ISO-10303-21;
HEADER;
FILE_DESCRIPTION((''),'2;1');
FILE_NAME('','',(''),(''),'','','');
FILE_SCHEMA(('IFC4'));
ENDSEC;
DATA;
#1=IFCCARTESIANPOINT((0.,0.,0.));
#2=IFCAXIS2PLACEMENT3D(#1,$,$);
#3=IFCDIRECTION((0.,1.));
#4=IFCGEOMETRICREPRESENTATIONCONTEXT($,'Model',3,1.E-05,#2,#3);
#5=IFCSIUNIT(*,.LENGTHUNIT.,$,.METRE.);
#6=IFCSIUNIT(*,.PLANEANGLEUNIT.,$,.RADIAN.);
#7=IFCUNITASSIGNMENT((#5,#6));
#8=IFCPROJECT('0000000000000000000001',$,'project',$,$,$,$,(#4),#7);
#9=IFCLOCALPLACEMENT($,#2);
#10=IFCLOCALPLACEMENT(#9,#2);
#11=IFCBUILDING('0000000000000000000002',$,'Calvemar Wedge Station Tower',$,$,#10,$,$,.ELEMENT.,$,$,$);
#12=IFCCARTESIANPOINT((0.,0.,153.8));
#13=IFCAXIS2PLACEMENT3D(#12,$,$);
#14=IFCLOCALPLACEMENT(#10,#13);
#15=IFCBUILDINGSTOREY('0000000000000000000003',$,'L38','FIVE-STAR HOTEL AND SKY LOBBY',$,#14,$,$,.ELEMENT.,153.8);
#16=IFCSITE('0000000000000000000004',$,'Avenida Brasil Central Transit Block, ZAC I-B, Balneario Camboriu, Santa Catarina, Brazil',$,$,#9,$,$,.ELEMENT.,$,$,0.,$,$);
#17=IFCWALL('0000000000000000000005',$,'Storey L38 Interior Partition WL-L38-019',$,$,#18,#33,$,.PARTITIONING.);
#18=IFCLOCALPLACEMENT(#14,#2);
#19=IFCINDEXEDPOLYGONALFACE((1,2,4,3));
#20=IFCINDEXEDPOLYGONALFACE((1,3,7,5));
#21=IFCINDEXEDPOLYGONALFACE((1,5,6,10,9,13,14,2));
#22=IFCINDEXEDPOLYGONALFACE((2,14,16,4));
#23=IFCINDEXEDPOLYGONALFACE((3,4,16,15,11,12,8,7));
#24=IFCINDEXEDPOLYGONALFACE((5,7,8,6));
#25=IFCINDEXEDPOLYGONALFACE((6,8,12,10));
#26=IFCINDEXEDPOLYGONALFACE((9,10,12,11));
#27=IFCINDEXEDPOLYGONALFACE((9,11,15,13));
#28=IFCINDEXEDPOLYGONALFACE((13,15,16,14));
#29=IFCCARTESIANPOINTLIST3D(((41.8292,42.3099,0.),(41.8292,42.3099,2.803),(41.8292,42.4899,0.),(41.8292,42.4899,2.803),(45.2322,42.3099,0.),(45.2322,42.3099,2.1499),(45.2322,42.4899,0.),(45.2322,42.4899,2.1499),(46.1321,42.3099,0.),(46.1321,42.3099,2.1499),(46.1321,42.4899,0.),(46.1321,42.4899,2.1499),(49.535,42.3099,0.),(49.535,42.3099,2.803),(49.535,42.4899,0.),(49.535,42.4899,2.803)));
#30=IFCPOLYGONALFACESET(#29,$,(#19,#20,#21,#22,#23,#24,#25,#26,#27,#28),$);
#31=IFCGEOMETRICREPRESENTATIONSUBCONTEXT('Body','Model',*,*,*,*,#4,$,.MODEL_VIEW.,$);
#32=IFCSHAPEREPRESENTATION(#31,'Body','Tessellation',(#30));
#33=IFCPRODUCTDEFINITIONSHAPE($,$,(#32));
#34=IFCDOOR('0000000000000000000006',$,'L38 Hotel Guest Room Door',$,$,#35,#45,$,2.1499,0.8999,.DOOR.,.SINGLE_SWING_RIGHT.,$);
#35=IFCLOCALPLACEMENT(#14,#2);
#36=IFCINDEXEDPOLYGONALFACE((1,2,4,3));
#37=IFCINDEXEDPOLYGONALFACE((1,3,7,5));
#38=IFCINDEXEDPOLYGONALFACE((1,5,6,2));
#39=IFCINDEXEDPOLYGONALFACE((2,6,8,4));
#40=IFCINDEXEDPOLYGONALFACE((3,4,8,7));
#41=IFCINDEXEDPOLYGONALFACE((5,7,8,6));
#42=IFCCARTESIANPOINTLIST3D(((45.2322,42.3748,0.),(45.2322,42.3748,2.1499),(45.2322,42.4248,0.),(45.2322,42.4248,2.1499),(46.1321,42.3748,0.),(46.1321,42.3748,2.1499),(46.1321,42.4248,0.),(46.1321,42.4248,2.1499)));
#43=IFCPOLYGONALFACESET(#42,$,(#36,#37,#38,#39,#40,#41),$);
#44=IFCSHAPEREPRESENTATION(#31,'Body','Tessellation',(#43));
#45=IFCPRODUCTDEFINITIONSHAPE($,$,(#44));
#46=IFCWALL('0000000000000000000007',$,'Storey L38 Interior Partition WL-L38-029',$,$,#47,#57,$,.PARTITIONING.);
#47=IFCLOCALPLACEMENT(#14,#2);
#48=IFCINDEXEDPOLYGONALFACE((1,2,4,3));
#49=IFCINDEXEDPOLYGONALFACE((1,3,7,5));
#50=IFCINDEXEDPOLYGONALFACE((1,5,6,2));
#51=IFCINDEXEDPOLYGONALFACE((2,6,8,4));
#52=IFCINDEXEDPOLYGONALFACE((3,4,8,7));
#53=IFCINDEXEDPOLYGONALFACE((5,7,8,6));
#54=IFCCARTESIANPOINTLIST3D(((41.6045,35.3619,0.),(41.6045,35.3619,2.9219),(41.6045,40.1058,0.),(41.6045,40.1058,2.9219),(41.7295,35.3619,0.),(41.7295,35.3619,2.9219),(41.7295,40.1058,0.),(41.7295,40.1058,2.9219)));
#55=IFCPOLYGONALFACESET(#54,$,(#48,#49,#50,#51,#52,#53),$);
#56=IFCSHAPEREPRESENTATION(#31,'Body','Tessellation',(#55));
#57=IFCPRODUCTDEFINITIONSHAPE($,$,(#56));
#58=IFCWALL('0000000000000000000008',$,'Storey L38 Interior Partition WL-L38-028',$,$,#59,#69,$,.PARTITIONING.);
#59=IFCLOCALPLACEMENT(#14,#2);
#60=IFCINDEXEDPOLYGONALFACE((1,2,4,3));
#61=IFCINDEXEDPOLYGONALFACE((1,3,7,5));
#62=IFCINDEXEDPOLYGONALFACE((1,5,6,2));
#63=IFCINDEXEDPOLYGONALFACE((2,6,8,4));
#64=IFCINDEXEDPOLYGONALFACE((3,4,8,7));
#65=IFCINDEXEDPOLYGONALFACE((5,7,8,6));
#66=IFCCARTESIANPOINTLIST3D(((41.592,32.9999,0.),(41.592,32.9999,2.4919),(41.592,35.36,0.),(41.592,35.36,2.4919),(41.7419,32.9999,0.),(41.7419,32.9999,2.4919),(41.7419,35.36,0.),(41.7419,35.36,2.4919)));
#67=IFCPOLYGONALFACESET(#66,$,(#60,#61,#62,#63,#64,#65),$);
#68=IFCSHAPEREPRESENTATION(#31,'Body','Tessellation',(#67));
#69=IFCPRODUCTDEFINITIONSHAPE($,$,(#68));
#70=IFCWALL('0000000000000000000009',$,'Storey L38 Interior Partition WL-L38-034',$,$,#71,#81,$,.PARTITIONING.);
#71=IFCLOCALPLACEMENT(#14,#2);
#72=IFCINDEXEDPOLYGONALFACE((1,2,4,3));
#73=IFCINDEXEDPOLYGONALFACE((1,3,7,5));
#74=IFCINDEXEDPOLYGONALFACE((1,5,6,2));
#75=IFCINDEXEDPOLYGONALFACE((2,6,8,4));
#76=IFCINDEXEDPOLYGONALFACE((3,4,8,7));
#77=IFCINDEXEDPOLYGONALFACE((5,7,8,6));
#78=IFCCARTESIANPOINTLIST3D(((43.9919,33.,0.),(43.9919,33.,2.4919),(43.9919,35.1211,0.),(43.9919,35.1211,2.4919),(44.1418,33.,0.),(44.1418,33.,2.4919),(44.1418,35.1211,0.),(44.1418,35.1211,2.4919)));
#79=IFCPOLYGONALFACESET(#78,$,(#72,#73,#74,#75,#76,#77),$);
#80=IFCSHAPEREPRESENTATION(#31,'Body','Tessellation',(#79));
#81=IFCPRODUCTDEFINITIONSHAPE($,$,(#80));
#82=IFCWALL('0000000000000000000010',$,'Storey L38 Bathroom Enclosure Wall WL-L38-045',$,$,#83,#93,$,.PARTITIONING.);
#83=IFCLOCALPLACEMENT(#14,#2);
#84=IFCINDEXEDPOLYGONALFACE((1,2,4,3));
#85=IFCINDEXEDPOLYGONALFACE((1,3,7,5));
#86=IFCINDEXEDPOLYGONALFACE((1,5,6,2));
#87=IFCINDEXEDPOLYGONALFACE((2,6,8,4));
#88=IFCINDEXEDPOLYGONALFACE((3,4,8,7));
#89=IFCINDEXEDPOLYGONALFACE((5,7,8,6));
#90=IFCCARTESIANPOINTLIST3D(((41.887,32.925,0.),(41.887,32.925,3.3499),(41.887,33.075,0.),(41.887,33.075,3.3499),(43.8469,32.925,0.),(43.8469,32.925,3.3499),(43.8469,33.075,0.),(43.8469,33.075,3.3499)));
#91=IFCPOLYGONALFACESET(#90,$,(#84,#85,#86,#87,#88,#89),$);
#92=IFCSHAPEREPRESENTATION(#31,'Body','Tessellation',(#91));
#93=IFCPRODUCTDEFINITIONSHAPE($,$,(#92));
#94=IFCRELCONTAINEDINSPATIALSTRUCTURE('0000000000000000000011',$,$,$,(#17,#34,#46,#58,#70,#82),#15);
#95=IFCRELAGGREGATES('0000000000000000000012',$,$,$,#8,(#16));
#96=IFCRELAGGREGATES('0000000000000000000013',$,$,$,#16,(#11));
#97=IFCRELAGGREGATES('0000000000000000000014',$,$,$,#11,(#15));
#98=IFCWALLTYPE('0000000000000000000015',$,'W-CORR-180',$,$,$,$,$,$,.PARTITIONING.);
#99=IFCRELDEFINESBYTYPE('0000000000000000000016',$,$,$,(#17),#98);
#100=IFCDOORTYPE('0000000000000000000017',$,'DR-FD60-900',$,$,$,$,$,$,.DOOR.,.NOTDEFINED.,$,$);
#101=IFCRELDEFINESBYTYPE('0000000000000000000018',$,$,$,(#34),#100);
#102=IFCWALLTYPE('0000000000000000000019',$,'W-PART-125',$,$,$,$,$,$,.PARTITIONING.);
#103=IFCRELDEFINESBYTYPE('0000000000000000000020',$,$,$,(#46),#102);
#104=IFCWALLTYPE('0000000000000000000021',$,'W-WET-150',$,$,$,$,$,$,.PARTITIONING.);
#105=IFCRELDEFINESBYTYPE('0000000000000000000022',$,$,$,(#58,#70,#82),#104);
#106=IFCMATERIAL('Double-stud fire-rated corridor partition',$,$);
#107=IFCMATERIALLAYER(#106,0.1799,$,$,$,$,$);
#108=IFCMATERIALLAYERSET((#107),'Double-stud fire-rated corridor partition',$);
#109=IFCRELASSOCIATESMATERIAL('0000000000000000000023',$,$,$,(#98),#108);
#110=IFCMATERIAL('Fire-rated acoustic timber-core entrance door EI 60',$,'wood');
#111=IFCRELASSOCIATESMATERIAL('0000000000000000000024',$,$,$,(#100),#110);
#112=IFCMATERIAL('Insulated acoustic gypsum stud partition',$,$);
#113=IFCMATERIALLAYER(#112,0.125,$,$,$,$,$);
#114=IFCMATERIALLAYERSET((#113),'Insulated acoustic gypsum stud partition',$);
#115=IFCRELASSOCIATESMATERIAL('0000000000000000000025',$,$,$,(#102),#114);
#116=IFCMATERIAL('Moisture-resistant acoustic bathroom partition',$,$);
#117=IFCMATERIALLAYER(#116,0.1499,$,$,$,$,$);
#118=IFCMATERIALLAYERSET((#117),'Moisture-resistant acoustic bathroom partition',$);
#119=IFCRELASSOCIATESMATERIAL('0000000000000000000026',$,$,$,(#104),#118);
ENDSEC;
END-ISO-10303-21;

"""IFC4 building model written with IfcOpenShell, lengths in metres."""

from ifc_helpers import new_model, si_unit, direction, frame, frame_2d, origin, place, context, subcontext, project, spatial, rectangle, extrude, source, transform, mapped, material, layer, layer_set, type_object, element, fill, save


model = new_model("IFC4")

# Units and contexts
model_context = context("Model", 3, precision=1e-05, world=origin(), true_north=direction((0.0, 1.0)))
body_context = subcontext(model_context, "Body", "Model", "MODEL_VIEW")
ifc_project = project(units=[si_unit("LENGTHUNIT", "METRE"), si_unit("PLANEANGLEUNIT", "RADIAN")], contexts=[model_context])

# Site, building, storey
site_placement = place(None, origin())
site = spatial("IfcSite", under=ifc_project, at=site_placement, Name="Avenida Brasil Central Transit Block, ZAC I-B, Balneario Camboriu, Santa Catarina, Brazil", CompositionType="ELEMENT", RefElevation=0.0)
building_placement = place(site_placement, origin())
building = spatial("IfcBuilding", under=site, at=building_placement, Name="Calvemar Wedge Station Tower", CompositionType="ELEMENT")
storey_placement = place(building_placement, frame((0.0, 0.0, 153.8)))
storey = spatial("IfcBuildingStorey", under=building, at=storey_placement, Name="L38", Description="FIVE-STAR HOTEL AND SKY LOBBY", CompositionType="ELEMENT", Elevation=153.8)

# Wall, opening, door
ifc_material_1 = material(Name="Double-stud fire-rated corridor partition")
ifc_layer_1 = layer(ifc_material_1, 0.1799)
ifc_layer_set_1 = layer_set([ifc_layer_1], Name="Double-stud fire-rated corridor partition")
wall_type_1 = type_object("IfcWallType", Name="W-CORR-180", PredefinedType="PARTITIONING", material=ifc_layer_set_1)
shared_shape_1 = source(origin(), body_context, "Body", "SweptSolid", [
    extrude(rectangle(XDim=0.8999, YDim=2.1499, at=frame_2d((0.45, 1.075))), frame((0.0, 0.1001, 0.0), z_axis=(0.0, -1.0, 0.0), x_axis=(1.0, 0.0, 0.0)), (0.0, 0.0, 1.0), 0.2),
])
ifc_material_2 = material(Name="Fire-rated acoustic timber-core entrance door EI 60", Category="wood")
door_type_1 = type_object("IfcDoorType", Name="DR-FD60-900", OperationType="NOTDEFINED", PredefinedType="DOOR", material=ifc_material_2)
shared_shape_2 = source(origin(), body_context, "Body", "SweptSolid", [
    extrude(rectangle(XDim=0.8999, YDim=2.1499, at=frame_2d((0.45, 1.075))), frame((0.0, 0.0249, 0.0), z_axis=(0.0, -1.0, 0.0), x_axis=(1.0, 0.0, 0.0)), (0.0, 0.0, 1.0), 0.05),
])
wall_1_placement = place(storey_placement, frame((41.8291, 42.3999, 0.0), z_axis=(0.0, 0.0, 1.0), x_axis=(1.0, 0.0, 0.0)))
wall_1 = element("IfcWall", 1, at=wall_1_placement, inside=storey, type_object=wall_type_1, Name="Storey L38 Interior Partition WL-L38-019", PredefinedType="PARTITIONING", context=body_context, shape_type="SweptSolid", body=[
    extrude(rectangle(XDim=7.7058, YDim=0.1799, at=frame_2d((3.853, 0.0))), origin(), (0.0, 0.0, 1.0), 2.803),
])
opening_1_placement = place(wall_1_placement, frame((3.4031, 0.0, 0.0)))
opening_1 = element("IfcOpeningElement", 2, at=opening_1_placement, cuts=wall_1, PredefinedType="OPENING", context=body_context, shape_type="MappedRepresentation", body=[
    mapped(shared_shape_1, transform((0.0, 0.0, 0.0), scale=1.0)),
])
door_1_placement = place(opening_1_placement, origin())
door_1 = element("IfcDoor", 3, at=door_1_placement, inside=storey, type_object=door_type_1, Name="L38 Hotel Guest Room Door", OperationType="SINGLE_SWING_RIGHT", OverallHeight=2.1499, OverallWidth=0.8999, PredefinedType="DOOR", context=body_context, shape_type="MappedRepresentation", body=[
    mapped(shared_shape_2, transform((0.0, 0.0, 0.0), scale=1.0)),
])
fill(opening_1, door_1)

# Walls
ifc_material_3 = material(Name="Insulated acoustic gypsum stud partition")
ifc_layer_2 = layer(ifc_material_3, 0.125)
ifc_layer_set_2 = layer_set([ifc_layer_2], Name="Insulated acoustic gypsum stud partition")
wall_type_2 = type_object("IfcWallType", Name="W-PART-125", PredefinedType="PARTITIONING", material=ifc_layer_set_2)
wall_2_placement = place(storey_placement, frame((41.667, 40.106, 0.0), z_axis=(0.0, 0.0, 1.0), x_axis=(0.0, -1.0, 0.0)))
element("IfcWall", 4, at=wall_2_placement, inside=storey, type_object=wall_type_2, Name="Storey L38 Interior Partition WL-L38-029", PredefinedType="PARTITIONING", context=body_context, shape_type="SweptSolid", body=[
    extrude(rectangle(XDim=4.7439, YDim=0.125, at=frame_2d((2.3721, 0.0))), origin(), (0.0, 0.0, 1.0), 2.9219),
])
ifc_material_4 = material(Name="Moisture-resistant acoustic bathroom partition")
ifc_layer_3 = layer(ifc_material_4, 0.1499)
ifc_layer_set_3 = layer_set([ifc_layer_3], Name="Moisture-resistant acoustic bathroom partition")
wall_type_3 = type_object("IfcWallType", Name="W-WET-150", PredefinedType="PARTITIONING", material=ifc_layer_set_3)
wall_3_placement = place(storey_placement, frame((41.667, 35.3601, 0.0), z_axis=(0.0, 0.0, 1.0), x_axis=(0.0, -1.0, 0.0)))
element("IfcWall", 5, at=wall_3_placement, inside=storey, type_object=wall_type_3, Name="Storey L38 Interior Partition WL-L38-028", PredefinedType="PARTITIONING", context=body_context, shape_type="SweptSolid", body=[
    extrude(rectangle(XDim=2.3601, YDim=0.1499, at=frame_2d((1.1802, 0.0))), origin(), (0.0, 0.0, 1.0), 2.4919),
])

# Walls
wall_4_placement = place(storey_placement, frame((44.0669, 35.1211, 0.0), z_axis=(0.0, 0.0, 1.0), x_axis=(0.0, -1.0, 0.0)))
element("IfcWall", 6, at=wall_4_placement, inside=storey, type_object=wall_type_3, Name="Storey L38 Interior Partition WL-L38-034", PredefinedType="PARTITIONING", context=body_context, shape_type="SweptSolid", body=[
    extrude(rectangle(XDim=2.1211, YDim=0.1499, at=frame_2d((1.0605, 0.0))), origin(), (0.0, 0.0, 1.0), 2.4919),
])
wall_5_placement = place(storey_placement, frame((43.8469, 33.0, 0.0), z_axis=(0.0, 0.0, 1.0), x_axis=(-1.0, 0.0, 0.0)))
element("IfcWall", 7, at=wall_5_placement, inside=storey, type_object=wall_type_3, Name="Storey L38 Bathroom Enclosure Wall WL-L38-045", PredefinedType="PARTITIONING", context=body_context, shape_type="SweptSolid", body=[
    extrude(rectangle(XDim=1.96, YDim=0.1499, at=frame_2d((0.98, 0.0))), origin(), (0.0, 0.0, 1.0), 3.3499),
])

save(model, "model.ifc")
